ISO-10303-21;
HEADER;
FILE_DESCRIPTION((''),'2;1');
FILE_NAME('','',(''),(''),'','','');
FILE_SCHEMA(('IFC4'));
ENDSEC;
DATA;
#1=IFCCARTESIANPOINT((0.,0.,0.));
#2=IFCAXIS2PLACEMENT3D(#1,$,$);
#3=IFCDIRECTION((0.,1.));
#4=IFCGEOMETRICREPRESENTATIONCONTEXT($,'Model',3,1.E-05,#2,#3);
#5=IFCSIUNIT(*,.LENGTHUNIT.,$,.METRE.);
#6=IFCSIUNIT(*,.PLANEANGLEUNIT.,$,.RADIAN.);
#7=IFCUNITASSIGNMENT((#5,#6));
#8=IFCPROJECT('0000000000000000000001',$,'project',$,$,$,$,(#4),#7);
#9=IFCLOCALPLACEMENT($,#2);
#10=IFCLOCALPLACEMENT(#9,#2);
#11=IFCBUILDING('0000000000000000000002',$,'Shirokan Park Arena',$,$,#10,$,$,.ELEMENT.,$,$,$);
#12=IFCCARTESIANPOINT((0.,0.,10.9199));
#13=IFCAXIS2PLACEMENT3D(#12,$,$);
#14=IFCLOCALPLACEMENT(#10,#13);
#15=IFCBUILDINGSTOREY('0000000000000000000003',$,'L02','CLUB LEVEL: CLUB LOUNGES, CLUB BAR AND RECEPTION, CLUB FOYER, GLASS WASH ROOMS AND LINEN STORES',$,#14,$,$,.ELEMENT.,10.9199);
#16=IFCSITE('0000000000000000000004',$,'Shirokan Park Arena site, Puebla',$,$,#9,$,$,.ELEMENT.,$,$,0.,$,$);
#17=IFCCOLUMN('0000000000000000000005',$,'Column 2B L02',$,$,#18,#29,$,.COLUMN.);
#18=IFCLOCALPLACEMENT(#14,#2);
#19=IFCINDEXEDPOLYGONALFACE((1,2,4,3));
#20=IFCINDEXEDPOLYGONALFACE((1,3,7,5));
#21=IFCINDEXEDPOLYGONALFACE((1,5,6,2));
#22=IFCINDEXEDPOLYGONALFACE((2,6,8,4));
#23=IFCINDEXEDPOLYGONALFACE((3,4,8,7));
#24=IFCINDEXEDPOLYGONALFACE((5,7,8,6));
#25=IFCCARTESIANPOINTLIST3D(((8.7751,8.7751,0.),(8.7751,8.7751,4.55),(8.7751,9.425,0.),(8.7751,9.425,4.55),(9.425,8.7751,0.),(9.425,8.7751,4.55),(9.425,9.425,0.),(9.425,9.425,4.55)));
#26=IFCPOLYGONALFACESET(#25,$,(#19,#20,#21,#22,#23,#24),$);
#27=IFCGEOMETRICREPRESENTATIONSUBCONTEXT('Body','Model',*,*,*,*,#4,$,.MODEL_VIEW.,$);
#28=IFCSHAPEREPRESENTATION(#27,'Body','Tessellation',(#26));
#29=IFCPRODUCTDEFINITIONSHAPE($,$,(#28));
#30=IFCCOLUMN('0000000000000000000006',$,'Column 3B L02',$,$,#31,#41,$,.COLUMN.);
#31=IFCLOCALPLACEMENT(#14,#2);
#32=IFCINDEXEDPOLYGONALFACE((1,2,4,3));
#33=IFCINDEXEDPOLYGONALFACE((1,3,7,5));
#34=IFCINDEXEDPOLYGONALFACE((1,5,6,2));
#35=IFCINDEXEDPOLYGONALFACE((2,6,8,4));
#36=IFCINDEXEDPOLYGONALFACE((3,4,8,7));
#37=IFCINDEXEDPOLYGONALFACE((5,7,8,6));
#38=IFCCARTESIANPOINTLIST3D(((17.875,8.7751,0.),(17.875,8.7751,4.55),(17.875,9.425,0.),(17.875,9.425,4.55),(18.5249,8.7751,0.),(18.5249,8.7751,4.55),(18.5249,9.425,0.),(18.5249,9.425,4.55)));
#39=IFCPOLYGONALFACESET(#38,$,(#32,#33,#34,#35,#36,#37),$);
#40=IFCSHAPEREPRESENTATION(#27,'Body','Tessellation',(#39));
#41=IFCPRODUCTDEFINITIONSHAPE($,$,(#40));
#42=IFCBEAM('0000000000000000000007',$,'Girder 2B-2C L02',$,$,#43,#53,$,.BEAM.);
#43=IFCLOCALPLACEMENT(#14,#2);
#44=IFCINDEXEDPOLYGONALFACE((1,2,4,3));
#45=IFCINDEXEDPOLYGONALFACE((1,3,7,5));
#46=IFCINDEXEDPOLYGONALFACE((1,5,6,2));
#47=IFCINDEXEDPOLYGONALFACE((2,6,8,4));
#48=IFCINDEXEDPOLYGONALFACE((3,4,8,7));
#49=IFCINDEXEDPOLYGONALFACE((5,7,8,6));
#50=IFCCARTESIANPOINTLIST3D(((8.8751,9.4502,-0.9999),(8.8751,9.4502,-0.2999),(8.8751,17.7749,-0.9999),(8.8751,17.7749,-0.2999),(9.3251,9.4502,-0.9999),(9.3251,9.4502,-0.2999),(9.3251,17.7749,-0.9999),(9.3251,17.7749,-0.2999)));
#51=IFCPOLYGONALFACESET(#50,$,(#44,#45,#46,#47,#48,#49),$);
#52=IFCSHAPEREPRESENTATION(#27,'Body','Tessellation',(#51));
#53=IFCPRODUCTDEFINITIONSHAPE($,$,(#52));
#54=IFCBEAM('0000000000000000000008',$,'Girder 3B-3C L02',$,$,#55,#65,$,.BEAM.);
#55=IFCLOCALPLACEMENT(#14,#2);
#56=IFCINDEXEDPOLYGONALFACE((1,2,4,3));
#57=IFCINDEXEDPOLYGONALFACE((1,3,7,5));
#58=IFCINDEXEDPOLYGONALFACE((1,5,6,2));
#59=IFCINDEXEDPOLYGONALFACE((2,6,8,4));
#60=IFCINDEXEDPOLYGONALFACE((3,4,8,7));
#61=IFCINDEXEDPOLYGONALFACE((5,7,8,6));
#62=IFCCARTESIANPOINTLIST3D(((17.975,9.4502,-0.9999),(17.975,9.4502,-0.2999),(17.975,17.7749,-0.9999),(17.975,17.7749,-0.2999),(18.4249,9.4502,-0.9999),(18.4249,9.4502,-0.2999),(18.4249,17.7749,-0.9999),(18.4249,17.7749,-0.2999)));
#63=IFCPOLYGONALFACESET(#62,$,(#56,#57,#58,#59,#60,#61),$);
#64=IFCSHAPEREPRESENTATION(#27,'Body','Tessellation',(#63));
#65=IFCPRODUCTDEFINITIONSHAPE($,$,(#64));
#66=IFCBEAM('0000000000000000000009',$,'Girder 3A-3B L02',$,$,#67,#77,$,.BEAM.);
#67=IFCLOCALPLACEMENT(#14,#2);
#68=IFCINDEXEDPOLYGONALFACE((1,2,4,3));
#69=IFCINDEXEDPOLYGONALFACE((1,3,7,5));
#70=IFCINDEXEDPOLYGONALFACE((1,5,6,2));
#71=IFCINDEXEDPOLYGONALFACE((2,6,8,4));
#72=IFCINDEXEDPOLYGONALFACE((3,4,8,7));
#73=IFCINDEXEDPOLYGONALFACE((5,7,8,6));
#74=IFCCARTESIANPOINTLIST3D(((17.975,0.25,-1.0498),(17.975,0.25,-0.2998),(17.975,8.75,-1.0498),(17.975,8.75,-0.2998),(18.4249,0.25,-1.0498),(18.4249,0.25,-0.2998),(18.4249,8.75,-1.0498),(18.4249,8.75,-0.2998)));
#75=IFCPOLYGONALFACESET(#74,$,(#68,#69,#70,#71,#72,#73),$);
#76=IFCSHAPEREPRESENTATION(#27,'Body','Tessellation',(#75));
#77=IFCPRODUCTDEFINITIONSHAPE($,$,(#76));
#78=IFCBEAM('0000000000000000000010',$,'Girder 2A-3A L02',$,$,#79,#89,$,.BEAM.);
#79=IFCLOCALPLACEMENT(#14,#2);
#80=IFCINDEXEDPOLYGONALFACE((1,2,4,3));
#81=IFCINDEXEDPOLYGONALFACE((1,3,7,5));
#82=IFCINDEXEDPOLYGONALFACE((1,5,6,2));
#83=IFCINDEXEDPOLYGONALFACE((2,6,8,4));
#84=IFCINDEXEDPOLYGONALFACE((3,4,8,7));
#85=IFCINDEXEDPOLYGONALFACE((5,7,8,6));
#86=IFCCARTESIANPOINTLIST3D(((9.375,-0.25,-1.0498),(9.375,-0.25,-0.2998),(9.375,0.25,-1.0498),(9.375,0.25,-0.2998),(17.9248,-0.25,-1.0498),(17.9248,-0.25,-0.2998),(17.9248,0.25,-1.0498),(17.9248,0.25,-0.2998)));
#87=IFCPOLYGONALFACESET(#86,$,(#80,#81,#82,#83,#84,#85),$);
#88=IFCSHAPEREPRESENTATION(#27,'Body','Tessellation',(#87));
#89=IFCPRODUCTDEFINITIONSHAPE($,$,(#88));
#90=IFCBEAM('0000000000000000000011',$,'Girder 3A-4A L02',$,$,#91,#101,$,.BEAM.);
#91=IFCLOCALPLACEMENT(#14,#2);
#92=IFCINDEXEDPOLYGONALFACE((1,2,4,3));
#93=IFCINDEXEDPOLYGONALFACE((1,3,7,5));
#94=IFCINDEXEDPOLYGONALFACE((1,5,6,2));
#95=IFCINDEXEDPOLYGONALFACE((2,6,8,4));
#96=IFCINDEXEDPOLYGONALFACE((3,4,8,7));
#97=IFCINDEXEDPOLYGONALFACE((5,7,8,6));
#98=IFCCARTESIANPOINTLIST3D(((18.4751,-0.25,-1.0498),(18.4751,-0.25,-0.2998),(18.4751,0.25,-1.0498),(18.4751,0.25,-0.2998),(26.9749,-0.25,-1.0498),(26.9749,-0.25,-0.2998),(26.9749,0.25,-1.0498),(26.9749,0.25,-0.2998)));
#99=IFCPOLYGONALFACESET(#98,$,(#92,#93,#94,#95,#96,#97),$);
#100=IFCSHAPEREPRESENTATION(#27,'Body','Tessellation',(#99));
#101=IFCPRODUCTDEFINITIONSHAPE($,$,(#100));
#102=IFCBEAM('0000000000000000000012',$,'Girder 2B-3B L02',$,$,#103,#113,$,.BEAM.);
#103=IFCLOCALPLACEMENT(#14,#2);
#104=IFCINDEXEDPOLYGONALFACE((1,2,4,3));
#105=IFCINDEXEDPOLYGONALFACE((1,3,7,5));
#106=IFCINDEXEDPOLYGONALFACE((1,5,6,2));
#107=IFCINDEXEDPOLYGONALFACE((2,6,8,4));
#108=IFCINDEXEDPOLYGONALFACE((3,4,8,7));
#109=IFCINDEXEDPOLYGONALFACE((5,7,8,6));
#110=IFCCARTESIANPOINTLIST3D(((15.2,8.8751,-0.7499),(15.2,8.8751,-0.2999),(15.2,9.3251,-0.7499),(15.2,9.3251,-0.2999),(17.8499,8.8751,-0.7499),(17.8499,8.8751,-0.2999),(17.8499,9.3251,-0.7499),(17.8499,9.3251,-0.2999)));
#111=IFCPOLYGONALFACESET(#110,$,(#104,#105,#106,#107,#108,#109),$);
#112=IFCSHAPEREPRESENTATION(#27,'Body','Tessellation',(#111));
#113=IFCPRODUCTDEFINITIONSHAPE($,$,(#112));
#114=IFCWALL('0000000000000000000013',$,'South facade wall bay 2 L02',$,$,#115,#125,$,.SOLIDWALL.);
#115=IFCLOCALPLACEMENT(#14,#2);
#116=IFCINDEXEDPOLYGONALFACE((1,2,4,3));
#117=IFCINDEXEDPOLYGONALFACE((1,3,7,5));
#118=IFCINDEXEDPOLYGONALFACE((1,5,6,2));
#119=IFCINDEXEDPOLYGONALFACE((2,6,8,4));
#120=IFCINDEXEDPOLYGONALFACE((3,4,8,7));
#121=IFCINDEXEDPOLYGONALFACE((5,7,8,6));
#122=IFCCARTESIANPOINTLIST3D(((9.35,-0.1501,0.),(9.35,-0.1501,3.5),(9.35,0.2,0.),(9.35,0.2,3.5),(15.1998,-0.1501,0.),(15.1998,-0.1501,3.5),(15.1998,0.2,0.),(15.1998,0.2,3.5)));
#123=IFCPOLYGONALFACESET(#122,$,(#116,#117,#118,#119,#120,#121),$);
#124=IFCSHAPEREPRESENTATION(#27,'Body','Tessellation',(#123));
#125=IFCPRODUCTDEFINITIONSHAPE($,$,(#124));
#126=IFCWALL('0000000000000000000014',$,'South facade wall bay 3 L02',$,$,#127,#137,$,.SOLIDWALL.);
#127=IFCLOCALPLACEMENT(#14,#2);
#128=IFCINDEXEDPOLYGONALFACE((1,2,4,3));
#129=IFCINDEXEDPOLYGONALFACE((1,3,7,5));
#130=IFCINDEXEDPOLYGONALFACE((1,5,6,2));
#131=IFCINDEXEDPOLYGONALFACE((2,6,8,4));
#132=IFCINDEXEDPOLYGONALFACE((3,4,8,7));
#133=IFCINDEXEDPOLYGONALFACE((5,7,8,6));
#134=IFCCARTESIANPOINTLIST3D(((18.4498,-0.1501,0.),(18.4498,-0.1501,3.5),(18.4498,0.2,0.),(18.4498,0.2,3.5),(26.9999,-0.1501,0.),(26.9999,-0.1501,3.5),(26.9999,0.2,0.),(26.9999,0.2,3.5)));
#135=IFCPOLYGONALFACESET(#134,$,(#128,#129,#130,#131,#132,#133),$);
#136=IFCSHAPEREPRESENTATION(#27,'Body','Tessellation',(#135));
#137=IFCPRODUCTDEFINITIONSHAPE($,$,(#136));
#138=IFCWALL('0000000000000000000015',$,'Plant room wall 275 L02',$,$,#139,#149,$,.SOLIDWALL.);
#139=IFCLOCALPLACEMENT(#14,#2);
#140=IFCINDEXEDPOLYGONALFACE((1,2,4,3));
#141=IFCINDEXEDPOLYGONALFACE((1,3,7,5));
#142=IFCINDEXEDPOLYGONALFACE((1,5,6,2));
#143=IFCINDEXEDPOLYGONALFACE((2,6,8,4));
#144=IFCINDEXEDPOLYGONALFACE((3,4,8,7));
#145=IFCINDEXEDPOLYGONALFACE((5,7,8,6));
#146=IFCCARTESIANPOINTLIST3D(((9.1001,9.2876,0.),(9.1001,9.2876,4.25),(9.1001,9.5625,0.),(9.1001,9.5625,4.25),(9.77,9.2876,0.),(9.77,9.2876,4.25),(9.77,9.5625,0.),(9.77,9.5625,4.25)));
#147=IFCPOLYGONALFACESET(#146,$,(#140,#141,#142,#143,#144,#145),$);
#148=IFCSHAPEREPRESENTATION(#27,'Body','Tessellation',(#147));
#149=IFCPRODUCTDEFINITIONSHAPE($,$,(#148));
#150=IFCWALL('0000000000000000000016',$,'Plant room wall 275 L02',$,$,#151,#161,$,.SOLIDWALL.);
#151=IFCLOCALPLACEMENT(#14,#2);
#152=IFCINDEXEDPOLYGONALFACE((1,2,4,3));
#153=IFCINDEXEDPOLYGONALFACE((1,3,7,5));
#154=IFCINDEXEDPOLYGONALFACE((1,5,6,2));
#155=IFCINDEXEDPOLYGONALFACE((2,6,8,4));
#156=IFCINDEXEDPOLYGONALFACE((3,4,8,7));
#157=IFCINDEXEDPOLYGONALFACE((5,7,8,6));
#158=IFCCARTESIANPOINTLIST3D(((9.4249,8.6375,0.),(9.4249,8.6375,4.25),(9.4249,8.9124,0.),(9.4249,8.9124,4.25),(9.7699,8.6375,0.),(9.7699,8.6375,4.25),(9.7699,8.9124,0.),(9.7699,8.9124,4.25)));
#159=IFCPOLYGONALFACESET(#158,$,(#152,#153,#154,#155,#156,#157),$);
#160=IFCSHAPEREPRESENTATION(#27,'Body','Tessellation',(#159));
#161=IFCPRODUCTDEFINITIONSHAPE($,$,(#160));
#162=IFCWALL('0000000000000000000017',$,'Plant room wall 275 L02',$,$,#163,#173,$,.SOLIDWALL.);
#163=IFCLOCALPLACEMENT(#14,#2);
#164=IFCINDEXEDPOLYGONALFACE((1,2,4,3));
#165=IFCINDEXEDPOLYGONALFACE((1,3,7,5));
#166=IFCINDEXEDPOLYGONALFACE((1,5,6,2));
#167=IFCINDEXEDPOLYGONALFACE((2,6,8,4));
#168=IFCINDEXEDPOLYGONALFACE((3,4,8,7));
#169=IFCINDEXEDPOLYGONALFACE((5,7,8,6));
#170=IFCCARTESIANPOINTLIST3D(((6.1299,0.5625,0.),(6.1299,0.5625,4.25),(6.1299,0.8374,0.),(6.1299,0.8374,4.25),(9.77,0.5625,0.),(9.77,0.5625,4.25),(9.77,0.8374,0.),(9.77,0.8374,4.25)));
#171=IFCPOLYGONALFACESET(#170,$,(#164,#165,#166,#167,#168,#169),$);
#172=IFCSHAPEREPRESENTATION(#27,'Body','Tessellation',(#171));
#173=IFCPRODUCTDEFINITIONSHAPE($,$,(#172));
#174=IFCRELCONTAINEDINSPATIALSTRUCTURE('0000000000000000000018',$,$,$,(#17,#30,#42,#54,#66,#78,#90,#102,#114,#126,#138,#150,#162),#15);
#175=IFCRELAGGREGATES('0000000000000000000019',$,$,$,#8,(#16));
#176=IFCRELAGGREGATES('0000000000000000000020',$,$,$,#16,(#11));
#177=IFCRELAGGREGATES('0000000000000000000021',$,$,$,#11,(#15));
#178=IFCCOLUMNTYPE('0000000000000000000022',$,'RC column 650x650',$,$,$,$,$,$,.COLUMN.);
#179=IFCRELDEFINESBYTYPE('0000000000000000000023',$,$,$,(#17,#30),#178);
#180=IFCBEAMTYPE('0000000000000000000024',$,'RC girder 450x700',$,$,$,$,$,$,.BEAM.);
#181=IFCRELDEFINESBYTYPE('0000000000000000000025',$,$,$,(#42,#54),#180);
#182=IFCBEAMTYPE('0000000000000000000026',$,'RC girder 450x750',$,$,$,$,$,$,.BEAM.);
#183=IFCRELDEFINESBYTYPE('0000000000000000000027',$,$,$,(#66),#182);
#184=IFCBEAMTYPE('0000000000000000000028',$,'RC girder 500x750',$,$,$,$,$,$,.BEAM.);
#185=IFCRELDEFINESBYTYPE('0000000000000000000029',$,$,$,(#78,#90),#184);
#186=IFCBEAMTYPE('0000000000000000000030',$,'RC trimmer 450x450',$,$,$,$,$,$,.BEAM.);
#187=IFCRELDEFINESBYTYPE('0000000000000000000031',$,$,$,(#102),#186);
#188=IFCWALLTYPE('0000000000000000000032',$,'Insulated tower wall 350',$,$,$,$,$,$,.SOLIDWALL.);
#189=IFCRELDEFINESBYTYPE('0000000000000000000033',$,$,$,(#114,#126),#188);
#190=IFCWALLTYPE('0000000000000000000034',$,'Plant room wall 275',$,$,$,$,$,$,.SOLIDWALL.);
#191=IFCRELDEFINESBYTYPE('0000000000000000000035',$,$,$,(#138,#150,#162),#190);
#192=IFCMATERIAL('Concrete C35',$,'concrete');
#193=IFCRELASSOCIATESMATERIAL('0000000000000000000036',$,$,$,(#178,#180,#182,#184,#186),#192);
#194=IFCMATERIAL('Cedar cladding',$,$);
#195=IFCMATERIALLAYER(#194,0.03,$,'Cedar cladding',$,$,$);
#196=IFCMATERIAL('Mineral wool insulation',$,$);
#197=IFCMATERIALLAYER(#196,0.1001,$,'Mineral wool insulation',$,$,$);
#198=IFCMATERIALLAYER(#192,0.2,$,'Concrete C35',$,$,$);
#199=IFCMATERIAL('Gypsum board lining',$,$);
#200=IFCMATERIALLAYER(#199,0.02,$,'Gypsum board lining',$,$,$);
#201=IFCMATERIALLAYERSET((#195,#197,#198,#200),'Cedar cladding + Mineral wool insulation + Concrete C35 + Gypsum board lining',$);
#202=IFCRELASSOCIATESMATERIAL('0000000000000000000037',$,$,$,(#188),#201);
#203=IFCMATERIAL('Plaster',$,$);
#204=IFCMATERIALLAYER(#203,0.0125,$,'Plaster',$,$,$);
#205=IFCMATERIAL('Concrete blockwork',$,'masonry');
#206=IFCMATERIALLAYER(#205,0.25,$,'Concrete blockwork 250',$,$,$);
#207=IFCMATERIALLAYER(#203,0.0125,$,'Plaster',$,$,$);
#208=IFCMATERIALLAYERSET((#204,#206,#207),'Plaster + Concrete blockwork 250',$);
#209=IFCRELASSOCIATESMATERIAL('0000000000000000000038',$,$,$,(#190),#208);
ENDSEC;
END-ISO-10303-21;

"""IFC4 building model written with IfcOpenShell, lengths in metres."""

from ifc_helpers import new_model, si_unit, direction, frame, frame_2d, origin, origin_2d, place, context, subcontext, project, spatial, rectangle, extrude, material, layer, layer_set, material_profile, profile_set, type_object, element, save


model = new_model("IFC4")

# Units and contexts
model_context = context("Model", 3, precision=1e-05, world=origin(), true_north=direction((0.0, 1.0)))
body_context = subcontext(model_context, "Body", "Model", "MODEL_VIEW")
ifc_project = project(units=[si_unit("LENGTHUNIT", "METRE"), si_unit("PLANEANGLEUNIT", "RADIAN")], contexts=[model_context])

# Site, building, storey
site_placement = place(None, origin())
site = spatial("IfcSite", under=ifc_project, at=site_placement, Name="Shirokan Park Arena site, Puebla", CompositionType="ELEMENT", RefElevation=0.0)
building_placement = place(site_placement, origin())
building = spatial("IfcBuilding", under=site, at=building_placement, Name="Shirokan Park Arena", CompositionType="ELEMENT")
storey_placement = place(building_placement, frame((0.0, 0.0, 10.9199)))
storey = spatial("IfcBuildingStorey", under=building, at=storey_placement, Name="L02", Description="CLUB LEVEL: CLUB LOUNGES, CLUB BAR AND RECEPTION, CLUB FOYER, GLASS WASH ROOMS AND LINEN STORES", CompositionType="ELEMENT", Elevation=10.9199)

# Columns
ifc_material_1 = material(Name="Concrete C35", Category="concrete")
ifc_material_profile_1 = material_profile(ifc_material_1, rectangle(XDim=0.6499, YDim=0.6499, at=origin_2d()), Name="650x650")
ifc_profile_set_1 = profile_set([ifc_material_profile_1], Name="Concrete C35")
column_type = type_object("IfcColumnType", Name="RC column 650x650", PredefinedType="COLUMN", material=ifc_profile_set_1)
for number, where, z_axis, x_axis, name in (
    (1, (9.1001, 9.1001, 0.0), (0.0, 0.0, 1.0), (1.0, 0.0, 0.0), "Column 2B L02"),
    (2, (18.2, 9.1001, 0.0), (0.0, 0.0, 1.0), (1.0, 0.0, 0.0), "Column 3B L02"),
):
    element("IfcColumn", number, at=place(storey_placement, frame(where, z_axis=z_axis, x_axis=x_axis)), inside=storey, type_object=column_type, Name=name, PredefinedType="COLUMN", context=body_context, shape_type="SweptSolid", body=[
        extrude(rectangle(XDim=0.6499, YDim=0.6499, at=origin_2d()), origin(), (0.0, 0.0, 1.0), 4.55),
    ])

# Beams
ifc_material_profile_2 = material_profile(ifc_material_1, rectangle(XDim=0.45, YDim=0.7, at=origin_2d()), Name="450x700")
ifc_profile_set_2 = profile_set([ifc_material_profile_2], Name="Concrete C35")
beam_type_1 = type_object("IfcBeamType", Name="RC girder 450x700", PredefinedType="BEAM", material=ifc_profile_set_2)
for number, where, z_axis, x_axis, name in (
    (3, (9.1001, 9.4502, -0.6499), (0.0, 1.0, 0.0), (-1.0, 0.0, 0.0), "Girder 2B-2C L02"),
    (4, (18.2, 9.4502, -0.6499), (0.0, 1.0, 0.0), (-1.0, 0.0, 0.0), "Girder 3B-3C L02"),
):
    element("IfcBeam", number, at=place(storey_placement, frame(where, z_axis=z_axis, x_axis=x_axis)), inside=storey, type_object=beam_type_1, Name=name, PredefinedType="BEAM", context=body_context, shape_type="SweptSolid", body=[
        extrude(rectangle(XDim=0.45, YDim=0.7, at=origin_2d()), origin(), (0.0, 0.0, 1.0), 8.3247),
    ])
ifc_material_profile_3 = material_profile(ifc_material_1, rectangle(XDim=0.45, YDim=0.75, at=origin_2d()), Name="450x750")
ifc_profile_set_3 = profile_set([ifc_material_profile_3], Name="Concrete C35")
beam_type_2 = type_object("IfcBeamType", Name="RC girder 450x750", PredefinedType="BEAM", material=ifc_profile_set_3)
beam_1_placement = place(storey_placement, frame((18.2, 0.25, -0.6748), z_axis=(0.0, 1.0, 0.0), x_axis=(-1.0, 0.0, 0.0)))
element("IfcBeam", 5, at=beam_1_placement, inside=storey, type_object=beam_type_2, Name="Girder 3A-3B L02", PredefinedType="BEAM", context=body_context, shape_type="SweptSolid", body=[
    extrude(rectangle(XDim=0.45, YDim=0.75, at=origin_2d()), origin(), (0.0, 0.0, 1.0), 8.5),
])
ifc_material_profile_4 = material_profile(ifc_material_1, rectangle(XDim=0.5, YDim=0.75, at=origin_2d()), Name="500x750")
ifc_profile_set_4 = profile_set([ifc_material_profile_4], Name="Concrete C35")
beam_type_3 = type_object("IfcBeamType", Name="RC girder 500x750", PredefinedType="BEAM", material=ifc_profile_set_4)
beam_2_placement = place(storey_placement, frame((9.375, 0.0, -0.6748), z_axis=(1.0, 0.0, 0.0), x_axis=(0.0, 1.0, 0.0)))
element("IfcBeam", 6, at=beam_2_placement, inside=storey, type_object=beam_type_3, Name="Girder 2A-3A L02", PredefinedType="BEAM", context=body_context, shape_type="SweptSolid", body=[
    extrude(rectangle(XDim=0.5, YDim=0.75, at=origin_2d()), origin(), (0.0, 0.0, 1.0), 8.5498),
])
beam_3_placement = place(storey_placement, frame((18.4751, 0.0, -0.6748), z_axis=(1.0, 0.0, 0.0), x_axis=(0.0, 1.0, 0.0)))
element("IfcBeam", 7, at=beam_3_placement, inside=storey, type_object=beam_type_3, Name="Girder 3A-4A L02", PredefinedType="BEAM", context=body_context, shape_type="SweptSolid", body=[
    extrude(rectangle(XDim=0.5, YDim=0.75, at=origin_2d()), origin(), (0.0, 0.0, 1.0), 8.4998),
])
ifc_material_profile_5 = material_profile(ifc_material_1, rectangle(XDim=0.45, YDim=0.45, at=origin_2d()), Name="450x450")
ifc_profile_set_5 = profile_set([ifc_material_profile_5], Name="Concrete C35")
beam_type_4 = type_object("IfcBeamType", Name="RC trimmer 450x450", PredefinedType="BEAM", material=ifc_profile_set_5)
beam_4_placement = place(storey_placement, frame((15.2, 9.1001, -0.5249), z_axis=(1.0, 0.0, 0.0), x_axis=(0.0, 1.0, 0.0)))
element("IfcBeam", 8, at=beam_4_placement, inside=storey, type_object=beam_type_4, Name="Girder 2B-3B L02", PredefinedType="BEAM", context=body_context, shape_type="SweptSolid", body=[
    extrude(rectangle(XDim=0.45, YDim=0.45, at=origin_2d()), origin(), (0.0, 0.0, 1.0), 2.6499),
])

# Walls
ifc_material_2 = material(Name="Cedar cladding")
ifc_layer_1 = layer(ifc_material_2, 0.03, Name="Cedar cladding")
ifc_material_3 = material(Name="Mineral wool insulation")
ifc_layer_2 = layer(ifc_material_3, 0.1001, Name="Mineral wool insulation")
ifc_layer_3 = layer(ifc_material_1, 0.2, Name="Concrete C35")
ifc_material_4 = material(Name="Gypsum board lining")
ifc_layer_4 = layer(ifc_material_4, 0.02, Name="Gypsum board lining")
ifc_layer_set_1 = layer_set([ifc_layer_1, ifc_layer_2, ifc_layer_3, ifc_layer_4], Name="Cedar cladding + Mineral wool insulation + Concrete C35 + Gypsum board lining")
wall_type_1 = type_object("IfcWallType", Name="Insulated tower wall 350", PredefinedType="SOLIDWALL", material=ifc_layer_set_1)
wall_1_placement = place(storey_placement, frame((9.3501, 0.0249, 0.0), z_axis=(0.0, 0.0, 1.0), x_axis=(1.0, 0.0, 0.0)))
element("IfcWall", 9, at=wall_1_placement, inside=storey, type_object=wall_type_1, Name="South facade wall bay 2 L02", PredefinedType="SOLIDWALL", context=body_context, shape_type="SweptSolid", body=[
    extrude(rectangle(XDim=5.8499, YDim=0.3501, at=frame_2d((2.9248, 0.0))), origin(), (0.0, 0.0, 1.0), 3.5),
])
wall_2_placement = place(storey_placement, frame((18.45, 0.0249, 0.0), z_axis=(0.0, 0.0, 1.0), x_axis=(1.0, 0.0, 0.0)))
element("IfcWall", 10, at=wall_2_placement, inside=storey, type_object=wall_type_1, Name="South facade wall bay 3 L02", PredefinedType="SOLIDWALL", context=body_context, shape_type="SweptSolid", body=[
    extrude(rectangle(XDim=8.55, YDim=0.3501, at=frame_2d((4.2749, 0.0))), origin(), (0.0, 0.0, 1.0), 3.5),
])
ifc_material_5 = material(Name="Plaster")
ifc_layer_5 = layer(ifc_material_5, 0.0125, Name="Plaster")
ifc_material_6 = material(Name="Concrete blockwork", Category="masonry")
ifc_layer_6 = layer(ifc_material_6, 0.25, Name="Concrete blockwork 250")
ifc_layer_7 = layer(ifc_material_5, 0.0125, Name="Plaster")
ifc_layer_set_2 = layer_set([ifc_layer_5, ifc_layer_6, ifc_layer_7], Name="Plaster + Concrete blockwork 250")
wall_type_2 = type_object("IfcWallType", Name="Plant room wall 275", PredefinedType="SOLIDWALL", material=ifc_layer_set_2)
wall_3_placement = place(storey_placement, frame((9.1001, 9.425, 0.0), z_axis=(0.0, 0.0, 1.0), x_axis=(1.0, 0.0, 0.0)))
element("IfcWall", 11, at=wall_3_placement, inside=storey, type_object=wall_type_2, Name="Plant room wall 275 L02", PredefinedType="SOLIDWALL", context=body_context, shape_type="SweptSolid", body=[
    extrude(rectangle(XDim=0.6699, YDim=0.2749, at=frame_2d((0.335, 0.0))), origin(), (0.0, 0.0, 1.0), 4.25),
])
wall_4_placement = place(storey_placement, frame((9.425, 8.7749, 0.0), z_axis=(0.0, 0.0, 1.0), x_axis=(1.0, 0.0, 0.0)))
element("IfcWall", 12, at=wall_4_placement, inside=storey, type_object=wall_type_2, Name="Plant room wall 275 L02", PredefinedType="SOLIDWALL", context=body_context, shape_type="SweptSolid", body=[
    extrude(rectangle(XDim=0.345, YDim=0.2749, at=frame_2d((0.1724, 0.0))), origin(), (0.0, 0.0, 1.0), 4.25),
])
wall_5_placement = place(storey_placement, frame((9.77, 0.7, 0.0), z_axis=(0.0, 0.0, 1.0), x_axis=(-1.0, 0.0, 0.0)))
element("IfcWall", 13, at=wall_5_placement, inside=storey, type_object=wall_type_2, Name="Plant room wall 275 L02", PredefinedType="SOLIDWALL", context=body_context, shape_type="SweptSolid", body=[
    extrude(rectangle(XDim=3.6401, YDim=0.2749, at=frame_2d((1.8201, 0.0))), origin(), (0.0, 0.0, 1.0), 4.25),
])

save(model, "model.ifc")
